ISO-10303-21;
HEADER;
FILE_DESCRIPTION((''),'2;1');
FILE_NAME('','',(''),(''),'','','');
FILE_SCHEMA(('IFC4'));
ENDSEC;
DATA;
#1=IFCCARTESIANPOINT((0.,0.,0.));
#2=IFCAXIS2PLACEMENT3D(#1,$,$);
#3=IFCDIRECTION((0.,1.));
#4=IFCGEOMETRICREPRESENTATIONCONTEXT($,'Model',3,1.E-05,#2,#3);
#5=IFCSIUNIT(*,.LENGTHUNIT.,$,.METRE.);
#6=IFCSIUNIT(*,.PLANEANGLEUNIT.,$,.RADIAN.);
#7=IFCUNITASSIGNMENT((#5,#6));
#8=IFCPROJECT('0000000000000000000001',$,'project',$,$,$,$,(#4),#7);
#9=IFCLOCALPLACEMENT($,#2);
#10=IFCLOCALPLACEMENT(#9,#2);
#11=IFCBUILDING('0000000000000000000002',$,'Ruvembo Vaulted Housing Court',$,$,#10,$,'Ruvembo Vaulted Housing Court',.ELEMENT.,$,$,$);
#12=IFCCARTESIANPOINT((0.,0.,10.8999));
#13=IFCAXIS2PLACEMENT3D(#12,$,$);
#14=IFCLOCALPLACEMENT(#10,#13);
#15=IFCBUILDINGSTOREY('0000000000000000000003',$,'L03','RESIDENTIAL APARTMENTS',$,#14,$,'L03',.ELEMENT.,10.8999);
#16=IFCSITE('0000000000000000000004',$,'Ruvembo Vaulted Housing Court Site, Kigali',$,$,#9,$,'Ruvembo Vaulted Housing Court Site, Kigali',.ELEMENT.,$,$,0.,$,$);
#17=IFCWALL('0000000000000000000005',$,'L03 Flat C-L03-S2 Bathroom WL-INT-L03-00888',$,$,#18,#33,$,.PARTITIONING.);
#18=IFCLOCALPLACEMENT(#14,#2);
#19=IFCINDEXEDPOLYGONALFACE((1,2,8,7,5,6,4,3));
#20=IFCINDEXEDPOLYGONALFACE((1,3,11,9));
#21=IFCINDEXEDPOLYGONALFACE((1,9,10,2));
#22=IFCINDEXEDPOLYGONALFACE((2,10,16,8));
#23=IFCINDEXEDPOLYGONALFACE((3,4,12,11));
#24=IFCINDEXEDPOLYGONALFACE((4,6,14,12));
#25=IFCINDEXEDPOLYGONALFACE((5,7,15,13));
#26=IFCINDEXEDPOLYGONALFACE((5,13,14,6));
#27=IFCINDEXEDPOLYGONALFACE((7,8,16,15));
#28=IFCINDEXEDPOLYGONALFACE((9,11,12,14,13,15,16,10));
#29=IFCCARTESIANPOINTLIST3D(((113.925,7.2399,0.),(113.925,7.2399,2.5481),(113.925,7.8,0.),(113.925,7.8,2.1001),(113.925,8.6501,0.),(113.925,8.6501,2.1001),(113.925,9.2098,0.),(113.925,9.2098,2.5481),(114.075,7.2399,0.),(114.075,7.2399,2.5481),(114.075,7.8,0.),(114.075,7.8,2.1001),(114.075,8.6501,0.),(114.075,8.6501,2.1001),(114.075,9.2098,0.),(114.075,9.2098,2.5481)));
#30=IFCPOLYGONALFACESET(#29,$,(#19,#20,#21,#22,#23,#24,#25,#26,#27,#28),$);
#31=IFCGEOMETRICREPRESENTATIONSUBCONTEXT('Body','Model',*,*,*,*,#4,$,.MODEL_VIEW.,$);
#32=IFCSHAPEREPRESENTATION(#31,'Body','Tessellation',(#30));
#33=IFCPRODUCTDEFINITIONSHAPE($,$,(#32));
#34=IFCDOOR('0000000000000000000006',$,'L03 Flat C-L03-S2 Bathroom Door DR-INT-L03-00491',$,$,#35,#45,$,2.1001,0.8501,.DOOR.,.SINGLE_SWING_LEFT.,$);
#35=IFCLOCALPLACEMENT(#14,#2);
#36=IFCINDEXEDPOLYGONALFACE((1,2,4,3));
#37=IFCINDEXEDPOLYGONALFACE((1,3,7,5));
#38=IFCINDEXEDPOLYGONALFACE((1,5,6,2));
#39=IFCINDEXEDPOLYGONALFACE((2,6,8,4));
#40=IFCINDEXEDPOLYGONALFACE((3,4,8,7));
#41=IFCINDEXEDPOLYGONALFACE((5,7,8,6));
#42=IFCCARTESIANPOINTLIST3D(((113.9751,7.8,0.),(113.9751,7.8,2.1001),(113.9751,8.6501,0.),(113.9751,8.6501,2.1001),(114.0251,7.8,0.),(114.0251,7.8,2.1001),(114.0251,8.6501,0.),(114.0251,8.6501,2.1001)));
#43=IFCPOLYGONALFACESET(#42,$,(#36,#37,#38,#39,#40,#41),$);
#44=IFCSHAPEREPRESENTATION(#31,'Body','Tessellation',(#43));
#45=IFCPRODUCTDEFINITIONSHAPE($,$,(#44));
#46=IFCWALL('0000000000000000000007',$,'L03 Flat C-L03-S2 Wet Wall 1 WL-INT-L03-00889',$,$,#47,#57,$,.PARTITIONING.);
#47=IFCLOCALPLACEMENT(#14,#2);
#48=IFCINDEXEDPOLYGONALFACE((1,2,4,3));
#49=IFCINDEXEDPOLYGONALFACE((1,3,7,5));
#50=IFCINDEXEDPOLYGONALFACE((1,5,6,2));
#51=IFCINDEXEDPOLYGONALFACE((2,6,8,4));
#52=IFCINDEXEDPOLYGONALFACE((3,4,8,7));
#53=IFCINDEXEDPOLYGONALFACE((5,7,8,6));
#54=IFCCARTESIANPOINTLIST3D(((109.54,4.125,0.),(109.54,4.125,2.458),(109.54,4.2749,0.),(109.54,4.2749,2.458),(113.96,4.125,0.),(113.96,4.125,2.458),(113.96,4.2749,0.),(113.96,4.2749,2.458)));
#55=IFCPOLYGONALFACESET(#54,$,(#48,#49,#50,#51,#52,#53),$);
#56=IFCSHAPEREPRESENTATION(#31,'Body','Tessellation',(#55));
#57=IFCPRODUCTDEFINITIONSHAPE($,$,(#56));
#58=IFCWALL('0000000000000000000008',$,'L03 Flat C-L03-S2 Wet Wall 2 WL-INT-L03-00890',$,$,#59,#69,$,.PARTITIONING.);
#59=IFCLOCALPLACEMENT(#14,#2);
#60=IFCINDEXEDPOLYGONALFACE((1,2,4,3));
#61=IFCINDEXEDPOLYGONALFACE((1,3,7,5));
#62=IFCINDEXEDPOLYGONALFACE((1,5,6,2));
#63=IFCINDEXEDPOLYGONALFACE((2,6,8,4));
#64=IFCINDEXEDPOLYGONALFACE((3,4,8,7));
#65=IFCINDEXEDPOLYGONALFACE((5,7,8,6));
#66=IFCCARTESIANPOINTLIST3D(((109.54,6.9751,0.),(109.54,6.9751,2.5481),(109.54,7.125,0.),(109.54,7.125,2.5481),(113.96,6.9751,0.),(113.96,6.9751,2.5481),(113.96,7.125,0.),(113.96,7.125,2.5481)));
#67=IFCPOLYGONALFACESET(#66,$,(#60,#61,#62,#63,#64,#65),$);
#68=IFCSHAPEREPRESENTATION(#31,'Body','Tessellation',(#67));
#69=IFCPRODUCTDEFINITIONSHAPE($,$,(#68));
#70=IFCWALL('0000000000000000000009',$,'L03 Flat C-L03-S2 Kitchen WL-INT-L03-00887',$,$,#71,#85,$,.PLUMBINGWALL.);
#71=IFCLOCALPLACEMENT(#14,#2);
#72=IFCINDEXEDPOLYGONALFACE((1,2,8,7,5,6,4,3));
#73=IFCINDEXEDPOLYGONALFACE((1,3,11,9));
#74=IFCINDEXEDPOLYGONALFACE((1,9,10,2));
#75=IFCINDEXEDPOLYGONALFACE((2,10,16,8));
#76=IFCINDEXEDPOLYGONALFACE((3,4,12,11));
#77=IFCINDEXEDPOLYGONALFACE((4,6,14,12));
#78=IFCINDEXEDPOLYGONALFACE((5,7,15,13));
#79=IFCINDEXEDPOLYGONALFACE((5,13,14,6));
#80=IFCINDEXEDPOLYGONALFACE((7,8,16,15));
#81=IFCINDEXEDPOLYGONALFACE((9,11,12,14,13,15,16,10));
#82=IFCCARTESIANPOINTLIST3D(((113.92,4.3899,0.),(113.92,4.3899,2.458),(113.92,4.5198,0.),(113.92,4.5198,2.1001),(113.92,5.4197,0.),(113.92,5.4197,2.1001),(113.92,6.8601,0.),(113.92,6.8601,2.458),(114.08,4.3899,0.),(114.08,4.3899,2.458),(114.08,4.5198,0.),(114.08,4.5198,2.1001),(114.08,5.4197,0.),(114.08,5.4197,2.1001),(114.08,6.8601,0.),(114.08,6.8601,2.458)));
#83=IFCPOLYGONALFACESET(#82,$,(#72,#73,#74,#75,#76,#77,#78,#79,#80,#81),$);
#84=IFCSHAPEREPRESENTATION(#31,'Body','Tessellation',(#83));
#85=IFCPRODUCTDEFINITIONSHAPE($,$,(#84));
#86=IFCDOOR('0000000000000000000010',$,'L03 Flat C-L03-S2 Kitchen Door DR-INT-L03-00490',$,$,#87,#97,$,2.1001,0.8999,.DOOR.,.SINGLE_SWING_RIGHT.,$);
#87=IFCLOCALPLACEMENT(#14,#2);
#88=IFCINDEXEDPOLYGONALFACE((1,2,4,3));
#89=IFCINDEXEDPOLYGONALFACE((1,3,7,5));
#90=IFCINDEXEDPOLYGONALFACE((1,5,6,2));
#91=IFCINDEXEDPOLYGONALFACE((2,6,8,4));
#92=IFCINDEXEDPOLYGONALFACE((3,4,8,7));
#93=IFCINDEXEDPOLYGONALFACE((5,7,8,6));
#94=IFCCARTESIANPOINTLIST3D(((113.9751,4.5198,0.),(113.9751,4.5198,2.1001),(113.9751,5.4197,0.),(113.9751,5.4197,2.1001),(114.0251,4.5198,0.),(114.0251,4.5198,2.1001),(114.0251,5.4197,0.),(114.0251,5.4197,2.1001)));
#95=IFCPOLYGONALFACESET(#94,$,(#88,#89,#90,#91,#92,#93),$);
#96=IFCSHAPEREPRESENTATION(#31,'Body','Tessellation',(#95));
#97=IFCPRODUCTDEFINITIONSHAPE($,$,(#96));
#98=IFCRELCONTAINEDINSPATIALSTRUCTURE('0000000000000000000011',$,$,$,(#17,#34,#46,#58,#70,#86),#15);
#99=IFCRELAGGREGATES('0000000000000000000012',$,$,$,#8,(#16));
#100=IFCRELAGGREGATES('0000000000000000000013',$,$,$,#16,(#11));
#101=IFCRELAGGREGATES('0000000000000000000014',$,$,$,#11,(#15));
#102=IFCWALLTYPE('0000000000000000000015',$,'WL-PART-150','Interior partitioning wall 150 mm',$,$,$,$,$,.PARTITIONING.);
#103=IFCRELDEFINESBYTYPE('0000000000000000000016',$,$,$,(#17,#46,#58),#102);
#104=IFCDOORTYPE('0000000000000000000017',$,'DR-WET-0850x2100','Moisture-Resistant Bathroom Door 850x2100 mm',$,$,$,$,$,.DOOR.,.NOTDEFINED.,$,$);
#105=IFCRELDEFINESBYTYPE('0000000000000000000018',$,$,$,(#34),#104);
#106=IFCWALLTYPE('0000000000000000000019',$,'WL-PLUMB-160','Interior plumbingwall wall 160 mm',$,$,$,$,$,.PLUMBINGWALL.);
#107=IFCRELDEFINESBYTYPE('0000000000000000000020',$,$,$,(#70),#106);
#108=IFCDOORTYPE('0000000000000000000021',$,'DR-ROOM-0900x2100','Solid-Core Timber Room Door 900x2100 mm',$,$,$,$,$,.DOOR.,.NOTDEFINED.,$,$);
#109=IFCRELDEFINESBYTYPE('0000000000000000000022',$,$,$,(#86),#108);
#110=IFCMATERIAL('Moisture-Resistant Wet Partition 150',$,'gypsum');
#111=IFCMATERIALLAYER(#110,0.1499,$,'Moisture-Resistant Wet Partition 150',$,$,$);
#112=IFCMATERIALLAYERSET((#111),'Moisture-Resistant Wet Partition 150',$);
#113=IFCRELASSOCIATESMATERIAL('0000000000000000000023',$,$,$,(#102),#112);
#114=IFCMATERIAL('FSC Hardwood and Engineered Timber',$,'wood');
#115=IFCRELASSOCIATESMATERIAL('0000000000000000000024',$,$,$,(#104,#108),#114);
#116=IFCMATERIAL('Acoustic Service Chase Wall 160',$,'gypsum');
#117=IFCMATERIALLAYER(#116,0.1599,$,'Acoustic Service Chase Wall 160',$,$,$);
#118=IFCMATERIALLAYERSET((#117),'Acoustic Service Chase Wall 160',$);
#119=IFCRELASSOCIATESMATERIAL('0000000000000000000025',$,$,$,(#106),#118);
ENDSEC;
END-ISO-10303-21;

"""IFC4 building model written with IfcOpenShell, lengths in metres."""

from ifc_helpers import new_model, si_unit, direction, frame, frame_2d, origin, place, context, subcontext, project, spatial, rectangle, extrude, material, layer, layer_set, type_object, element, fill, save


model = new_model("IFC4")

# Units and contexts
model_context = context("Model", 3, precision=1e-05, world=origin(), true_north=direction((0.0, 1.0)))
body_context = subcontext(model_context, "Body", "Model", "MODEL_VIEW")
ifc_project = project(units=[si_unit("LENGTHUNIT", "METRE"), si_unit("PLANEANGLEUNIT", "RADIAN")], contexts=[model_context])

# Site, building, storey
site_placement = place(None, origin())
site = spatial("IfcSite", under=ifc_project, at=site_placement, Name="Ruvembo Vaulted Housing Court Site, Kigali", LongName="Ruvembo Vaulted Housing Court Site, Kigali", CompositionType="ELEMENT", RefElevation=0.0)
building_placement = place(site_placement, origin())
building = spatial("IfcBuilding", under=site, at=building_placement, Name="Ruvembo Vaulted Housing Court", LongName="Ruvembo Vaulted Housing Court", CompositionType="ELEMENT")
storey_placement = place(building_placement, frame((0.0, 0.0, 10.8999)))
storey = spatial("IfcBuildingStorey", under=building, at=storey_placement, Name="L03", Description="RESIDENTIAL APARTMENTS", LongName="L03", CompositionType="ELEMENT", Elevation=10.8999)

# Shared definitions
ifc_material_1 = material(Name="FSC Hardwood and Engineered Timber", Category="wood")

# Wall, opening, door
ifc_material_2 = material(Name="Moisture-Resistant Wet Partition 150", Category="gypsum")
ifc_layer_1 = layer(ifc_material_2, 0.1499, Name="Moisture-Resistant Wet Partition 150")
ifc_layer_set_1 = layer_set([ifc_layer_1], Name="Moisture-Resistant Wet Partition 150")
wall_type_1 = type_object("IfcWallType", Name="WL-PART-150", Description="Interior partitioning wall 150 mm", PredefinedType="PARTITIONING", material=ifc_layer_set_1)
wall_1_placement = place(storey_placement, frame((114.0, 7.24, 0.0), z_axis=(0.0, 0.0, 1.0), x_axis=(0.0, 1.0, 0.0)))
wall_1 = element("IfcWall", 1, at=wall_1_placement, inside=storey, type_object=wall_type_1, Name="L03 Flat C-L03-S2 Bathroom WL-INT-L03-00888", PredefinedType="PARTITIONING", context=body_context, shape_type="SweptSolid", body=[
    extrude(rectangle(XDim=1.97, YDim=0.1499, at=frame_2d((0.9849, 0.0))), origin(), (0.0, 0.0, 1.0), 2.5481),
])
opening_1_placement = place(wall_1_placement, frame((0.5601, 0.0, 0.0)))
opening_1 = element("IfcOpeningElement", 2, at=opening_1_placement, cuts=wall_1, PredefinedType="OPENING", context=body_context, shape_type="SweptSolid", body=[
    extrude(rectangle(XDim=0.8501, YDim=2.1001, at=frame_2d((0.425, 1.05))), frame((0.0, 0.085, 0.0), z_axis=(0.0, -1.0, 0.0), x_axis=(1.0, 0.0, 0.0)), (0.0, 0.0, 1.0), 0.1699),
])
door_type_1 = type_object("IfcDoorType", Name="DR-WET-0850x2100", Description="Moisture-Resistant Bathroom Door 850x2100 mm", OperationType="NOTDEFINED", PredefinedType="DOOR", material=ifc_material_1)
door_1_placement = place(opening_1_placement, origin())
door_1 = element("IfcDoor", 3, at=door_1_placement, inside=storey, type_object=door_type_1, Name="L03 Flat C-L03-S2 Bathroom Door DR-INT-L03-00491", OperationType="SINGLE_SWING_LEFT", OverallHeight=2.1001, OverallWidth=0.8501, PredefinedType="DOOR", context=body_context, shape_type="SweptSolid", body=[
    extrude(rectangle(XDim=0.8501, YDim=2.1001, at=frame_2d((0.425, 1.05))), frame((0.0, 0.0249, 0.0), z_axis=(0.0, -1.0, 0.0), x_axis=(1.0, 0.0, 0.0)), (0.0, 0.0, 1.0), 0.05),
])
fill(opening_1, door_1)

# Walls
wall_2_placement = place(storey_placement, frame((109.54, 4.2, 0.0), z_axis=(0.0, 0.0, 1.0), x_axis=(1.0, 0.0, 0.0)))
element("IfcWall", 4, at=wall_2_placement, inside=storey, type_object=wall_type_1, Name="L03 Flat C-L03-S2 Wet Wall 1 WL-INT-L03-00889", PredefinedType="PARTITIONING", context=body_context, shape_type="SweptSolid", body=[
    extrude(rectangle(XDim=4.4199, YDim=0.1499, at=frame_2d((2.21, 0.0))), origin(), (0.0, 0.0, 1.0), 2.458),
])
wall_3_placement = place(storey_placement, frame((109.54, 7.05, 0.0), z_axis=(0.0, 0.0, 1.0), x_axis=(1.0, 0.0, 0.0)))
element("IfcWall", 5, at=wall_3_placement, inside=storey, type_object=wall_type_1, Name="L03 Flat C-L03-S2 Wet Wall 2 WL-INT-L03-00890", PredefinedType="PARTITIONING", context=body_context, shape_type="SweptSolid", body=[
    extrude(rectangle(XDim=4.4199, YDim=0.1499, at=frame_2d((2.21, 0.0))), origin(), (0.0, 0.0, 1.0), 2.5481),
])

# Wall, opening, door
ifc_material_3 = material(Name="Acoustic Service Chase Wall 160", Category="gypsum")
ifc_layer_2 = layer(ifc_material_3, 0.1599, Name="Acoustic Service Chase Wall 160")
ifc_layer_set_2 = layer_set([ifc_layer_2], Name="Acoustic Service Chase Wall 160")
wall_type_2 = type_object("IfcWallType", Name="WL-PLUMB-160", Description="Interior plumbingwall wall 160 mm", PredefinedType="PLUMBINGWALL", material=ifc_layer_set_2)
wall_4_placement = place(storey_placement, frame((114.0, 4.3899, 0.0), z_axis=(0.0, 0.0, 1.0), x_axis=(0.0, 1.0, 0.0)))
wall_4 = element("IfcWall", 6, at=wall_4_placement, inside=storey, type_object=wall_type_2, Name="L03 Flat C-L03-S2 Kitchen WL-INT-L03-00887", PredefinedType="PLUMBINGWALL", context=body_context, shape_type="SweptSolid", body=[
    extrude(rectangle(XDim=2.4702, YDim=0.1599, at=frame_2d((1.2351, 0.0))), origin(), (0.0, 0.0, 1.0), 2.458),
])
opening_2_placement = place(wall_4_placement, frame((0.1299, 0.0, 0.0)))
opening_2 = element("IfcOpeningElement", 7, at=opening_2_placement, cuts=wall_4, PredefinedType="OPENING", context=body_context, shape_type="SweptSolid", body=[
    extrude(rectangle(XDim=0.8999, YDim=2.1001, at=frame_2d((0.45, 1.05))), frame((0.0, 0.0898, 0.0), z_axis=(0.0, -1.0, 0.0), x_axis=(1.0, 0.0, 0.0)), (0.0, 0.0, 1.0), 0.1799),
])
door_type_2 = type_object("IfcDoorType", Name="DR-ROOM-0900x2100", Description="Solid-Core Timber Room Door 900x2100 mm", OperationType="NOTDEFINED", PredefinedType="DOOR", material=ifc_material_1)
door_2_placement = place(opening_2_placement, origin())
door_2 = element("IfcDoor", 8, at=door_2_placement, inside=storey, type_object=door_type_2, Name="L03 Flat C-L03-S2 Kitchen Door DR-INT-L03-00490", OperationType="SINGLE_SWING_RIGHT", OverallHeight=2.1001, OverallWidth=0.8999, PredefinedType="DOOR", context=body_context, shape_type="SweptSolid", body=[
    extrude(rectangle(XDim=0.8999, YDim=2.1001, at=frame_2d((0.45, 1.05))), frame((0.0, 0.0249, 0.0), z_axis=(0.0, -1.0, 0.0), x_axis=(1.0, 0.0, 0.0)), (0.0, 0.0, 1.0), 0.05),
])
fill(opening_2, door_2)

save(model, "model.ifc")
